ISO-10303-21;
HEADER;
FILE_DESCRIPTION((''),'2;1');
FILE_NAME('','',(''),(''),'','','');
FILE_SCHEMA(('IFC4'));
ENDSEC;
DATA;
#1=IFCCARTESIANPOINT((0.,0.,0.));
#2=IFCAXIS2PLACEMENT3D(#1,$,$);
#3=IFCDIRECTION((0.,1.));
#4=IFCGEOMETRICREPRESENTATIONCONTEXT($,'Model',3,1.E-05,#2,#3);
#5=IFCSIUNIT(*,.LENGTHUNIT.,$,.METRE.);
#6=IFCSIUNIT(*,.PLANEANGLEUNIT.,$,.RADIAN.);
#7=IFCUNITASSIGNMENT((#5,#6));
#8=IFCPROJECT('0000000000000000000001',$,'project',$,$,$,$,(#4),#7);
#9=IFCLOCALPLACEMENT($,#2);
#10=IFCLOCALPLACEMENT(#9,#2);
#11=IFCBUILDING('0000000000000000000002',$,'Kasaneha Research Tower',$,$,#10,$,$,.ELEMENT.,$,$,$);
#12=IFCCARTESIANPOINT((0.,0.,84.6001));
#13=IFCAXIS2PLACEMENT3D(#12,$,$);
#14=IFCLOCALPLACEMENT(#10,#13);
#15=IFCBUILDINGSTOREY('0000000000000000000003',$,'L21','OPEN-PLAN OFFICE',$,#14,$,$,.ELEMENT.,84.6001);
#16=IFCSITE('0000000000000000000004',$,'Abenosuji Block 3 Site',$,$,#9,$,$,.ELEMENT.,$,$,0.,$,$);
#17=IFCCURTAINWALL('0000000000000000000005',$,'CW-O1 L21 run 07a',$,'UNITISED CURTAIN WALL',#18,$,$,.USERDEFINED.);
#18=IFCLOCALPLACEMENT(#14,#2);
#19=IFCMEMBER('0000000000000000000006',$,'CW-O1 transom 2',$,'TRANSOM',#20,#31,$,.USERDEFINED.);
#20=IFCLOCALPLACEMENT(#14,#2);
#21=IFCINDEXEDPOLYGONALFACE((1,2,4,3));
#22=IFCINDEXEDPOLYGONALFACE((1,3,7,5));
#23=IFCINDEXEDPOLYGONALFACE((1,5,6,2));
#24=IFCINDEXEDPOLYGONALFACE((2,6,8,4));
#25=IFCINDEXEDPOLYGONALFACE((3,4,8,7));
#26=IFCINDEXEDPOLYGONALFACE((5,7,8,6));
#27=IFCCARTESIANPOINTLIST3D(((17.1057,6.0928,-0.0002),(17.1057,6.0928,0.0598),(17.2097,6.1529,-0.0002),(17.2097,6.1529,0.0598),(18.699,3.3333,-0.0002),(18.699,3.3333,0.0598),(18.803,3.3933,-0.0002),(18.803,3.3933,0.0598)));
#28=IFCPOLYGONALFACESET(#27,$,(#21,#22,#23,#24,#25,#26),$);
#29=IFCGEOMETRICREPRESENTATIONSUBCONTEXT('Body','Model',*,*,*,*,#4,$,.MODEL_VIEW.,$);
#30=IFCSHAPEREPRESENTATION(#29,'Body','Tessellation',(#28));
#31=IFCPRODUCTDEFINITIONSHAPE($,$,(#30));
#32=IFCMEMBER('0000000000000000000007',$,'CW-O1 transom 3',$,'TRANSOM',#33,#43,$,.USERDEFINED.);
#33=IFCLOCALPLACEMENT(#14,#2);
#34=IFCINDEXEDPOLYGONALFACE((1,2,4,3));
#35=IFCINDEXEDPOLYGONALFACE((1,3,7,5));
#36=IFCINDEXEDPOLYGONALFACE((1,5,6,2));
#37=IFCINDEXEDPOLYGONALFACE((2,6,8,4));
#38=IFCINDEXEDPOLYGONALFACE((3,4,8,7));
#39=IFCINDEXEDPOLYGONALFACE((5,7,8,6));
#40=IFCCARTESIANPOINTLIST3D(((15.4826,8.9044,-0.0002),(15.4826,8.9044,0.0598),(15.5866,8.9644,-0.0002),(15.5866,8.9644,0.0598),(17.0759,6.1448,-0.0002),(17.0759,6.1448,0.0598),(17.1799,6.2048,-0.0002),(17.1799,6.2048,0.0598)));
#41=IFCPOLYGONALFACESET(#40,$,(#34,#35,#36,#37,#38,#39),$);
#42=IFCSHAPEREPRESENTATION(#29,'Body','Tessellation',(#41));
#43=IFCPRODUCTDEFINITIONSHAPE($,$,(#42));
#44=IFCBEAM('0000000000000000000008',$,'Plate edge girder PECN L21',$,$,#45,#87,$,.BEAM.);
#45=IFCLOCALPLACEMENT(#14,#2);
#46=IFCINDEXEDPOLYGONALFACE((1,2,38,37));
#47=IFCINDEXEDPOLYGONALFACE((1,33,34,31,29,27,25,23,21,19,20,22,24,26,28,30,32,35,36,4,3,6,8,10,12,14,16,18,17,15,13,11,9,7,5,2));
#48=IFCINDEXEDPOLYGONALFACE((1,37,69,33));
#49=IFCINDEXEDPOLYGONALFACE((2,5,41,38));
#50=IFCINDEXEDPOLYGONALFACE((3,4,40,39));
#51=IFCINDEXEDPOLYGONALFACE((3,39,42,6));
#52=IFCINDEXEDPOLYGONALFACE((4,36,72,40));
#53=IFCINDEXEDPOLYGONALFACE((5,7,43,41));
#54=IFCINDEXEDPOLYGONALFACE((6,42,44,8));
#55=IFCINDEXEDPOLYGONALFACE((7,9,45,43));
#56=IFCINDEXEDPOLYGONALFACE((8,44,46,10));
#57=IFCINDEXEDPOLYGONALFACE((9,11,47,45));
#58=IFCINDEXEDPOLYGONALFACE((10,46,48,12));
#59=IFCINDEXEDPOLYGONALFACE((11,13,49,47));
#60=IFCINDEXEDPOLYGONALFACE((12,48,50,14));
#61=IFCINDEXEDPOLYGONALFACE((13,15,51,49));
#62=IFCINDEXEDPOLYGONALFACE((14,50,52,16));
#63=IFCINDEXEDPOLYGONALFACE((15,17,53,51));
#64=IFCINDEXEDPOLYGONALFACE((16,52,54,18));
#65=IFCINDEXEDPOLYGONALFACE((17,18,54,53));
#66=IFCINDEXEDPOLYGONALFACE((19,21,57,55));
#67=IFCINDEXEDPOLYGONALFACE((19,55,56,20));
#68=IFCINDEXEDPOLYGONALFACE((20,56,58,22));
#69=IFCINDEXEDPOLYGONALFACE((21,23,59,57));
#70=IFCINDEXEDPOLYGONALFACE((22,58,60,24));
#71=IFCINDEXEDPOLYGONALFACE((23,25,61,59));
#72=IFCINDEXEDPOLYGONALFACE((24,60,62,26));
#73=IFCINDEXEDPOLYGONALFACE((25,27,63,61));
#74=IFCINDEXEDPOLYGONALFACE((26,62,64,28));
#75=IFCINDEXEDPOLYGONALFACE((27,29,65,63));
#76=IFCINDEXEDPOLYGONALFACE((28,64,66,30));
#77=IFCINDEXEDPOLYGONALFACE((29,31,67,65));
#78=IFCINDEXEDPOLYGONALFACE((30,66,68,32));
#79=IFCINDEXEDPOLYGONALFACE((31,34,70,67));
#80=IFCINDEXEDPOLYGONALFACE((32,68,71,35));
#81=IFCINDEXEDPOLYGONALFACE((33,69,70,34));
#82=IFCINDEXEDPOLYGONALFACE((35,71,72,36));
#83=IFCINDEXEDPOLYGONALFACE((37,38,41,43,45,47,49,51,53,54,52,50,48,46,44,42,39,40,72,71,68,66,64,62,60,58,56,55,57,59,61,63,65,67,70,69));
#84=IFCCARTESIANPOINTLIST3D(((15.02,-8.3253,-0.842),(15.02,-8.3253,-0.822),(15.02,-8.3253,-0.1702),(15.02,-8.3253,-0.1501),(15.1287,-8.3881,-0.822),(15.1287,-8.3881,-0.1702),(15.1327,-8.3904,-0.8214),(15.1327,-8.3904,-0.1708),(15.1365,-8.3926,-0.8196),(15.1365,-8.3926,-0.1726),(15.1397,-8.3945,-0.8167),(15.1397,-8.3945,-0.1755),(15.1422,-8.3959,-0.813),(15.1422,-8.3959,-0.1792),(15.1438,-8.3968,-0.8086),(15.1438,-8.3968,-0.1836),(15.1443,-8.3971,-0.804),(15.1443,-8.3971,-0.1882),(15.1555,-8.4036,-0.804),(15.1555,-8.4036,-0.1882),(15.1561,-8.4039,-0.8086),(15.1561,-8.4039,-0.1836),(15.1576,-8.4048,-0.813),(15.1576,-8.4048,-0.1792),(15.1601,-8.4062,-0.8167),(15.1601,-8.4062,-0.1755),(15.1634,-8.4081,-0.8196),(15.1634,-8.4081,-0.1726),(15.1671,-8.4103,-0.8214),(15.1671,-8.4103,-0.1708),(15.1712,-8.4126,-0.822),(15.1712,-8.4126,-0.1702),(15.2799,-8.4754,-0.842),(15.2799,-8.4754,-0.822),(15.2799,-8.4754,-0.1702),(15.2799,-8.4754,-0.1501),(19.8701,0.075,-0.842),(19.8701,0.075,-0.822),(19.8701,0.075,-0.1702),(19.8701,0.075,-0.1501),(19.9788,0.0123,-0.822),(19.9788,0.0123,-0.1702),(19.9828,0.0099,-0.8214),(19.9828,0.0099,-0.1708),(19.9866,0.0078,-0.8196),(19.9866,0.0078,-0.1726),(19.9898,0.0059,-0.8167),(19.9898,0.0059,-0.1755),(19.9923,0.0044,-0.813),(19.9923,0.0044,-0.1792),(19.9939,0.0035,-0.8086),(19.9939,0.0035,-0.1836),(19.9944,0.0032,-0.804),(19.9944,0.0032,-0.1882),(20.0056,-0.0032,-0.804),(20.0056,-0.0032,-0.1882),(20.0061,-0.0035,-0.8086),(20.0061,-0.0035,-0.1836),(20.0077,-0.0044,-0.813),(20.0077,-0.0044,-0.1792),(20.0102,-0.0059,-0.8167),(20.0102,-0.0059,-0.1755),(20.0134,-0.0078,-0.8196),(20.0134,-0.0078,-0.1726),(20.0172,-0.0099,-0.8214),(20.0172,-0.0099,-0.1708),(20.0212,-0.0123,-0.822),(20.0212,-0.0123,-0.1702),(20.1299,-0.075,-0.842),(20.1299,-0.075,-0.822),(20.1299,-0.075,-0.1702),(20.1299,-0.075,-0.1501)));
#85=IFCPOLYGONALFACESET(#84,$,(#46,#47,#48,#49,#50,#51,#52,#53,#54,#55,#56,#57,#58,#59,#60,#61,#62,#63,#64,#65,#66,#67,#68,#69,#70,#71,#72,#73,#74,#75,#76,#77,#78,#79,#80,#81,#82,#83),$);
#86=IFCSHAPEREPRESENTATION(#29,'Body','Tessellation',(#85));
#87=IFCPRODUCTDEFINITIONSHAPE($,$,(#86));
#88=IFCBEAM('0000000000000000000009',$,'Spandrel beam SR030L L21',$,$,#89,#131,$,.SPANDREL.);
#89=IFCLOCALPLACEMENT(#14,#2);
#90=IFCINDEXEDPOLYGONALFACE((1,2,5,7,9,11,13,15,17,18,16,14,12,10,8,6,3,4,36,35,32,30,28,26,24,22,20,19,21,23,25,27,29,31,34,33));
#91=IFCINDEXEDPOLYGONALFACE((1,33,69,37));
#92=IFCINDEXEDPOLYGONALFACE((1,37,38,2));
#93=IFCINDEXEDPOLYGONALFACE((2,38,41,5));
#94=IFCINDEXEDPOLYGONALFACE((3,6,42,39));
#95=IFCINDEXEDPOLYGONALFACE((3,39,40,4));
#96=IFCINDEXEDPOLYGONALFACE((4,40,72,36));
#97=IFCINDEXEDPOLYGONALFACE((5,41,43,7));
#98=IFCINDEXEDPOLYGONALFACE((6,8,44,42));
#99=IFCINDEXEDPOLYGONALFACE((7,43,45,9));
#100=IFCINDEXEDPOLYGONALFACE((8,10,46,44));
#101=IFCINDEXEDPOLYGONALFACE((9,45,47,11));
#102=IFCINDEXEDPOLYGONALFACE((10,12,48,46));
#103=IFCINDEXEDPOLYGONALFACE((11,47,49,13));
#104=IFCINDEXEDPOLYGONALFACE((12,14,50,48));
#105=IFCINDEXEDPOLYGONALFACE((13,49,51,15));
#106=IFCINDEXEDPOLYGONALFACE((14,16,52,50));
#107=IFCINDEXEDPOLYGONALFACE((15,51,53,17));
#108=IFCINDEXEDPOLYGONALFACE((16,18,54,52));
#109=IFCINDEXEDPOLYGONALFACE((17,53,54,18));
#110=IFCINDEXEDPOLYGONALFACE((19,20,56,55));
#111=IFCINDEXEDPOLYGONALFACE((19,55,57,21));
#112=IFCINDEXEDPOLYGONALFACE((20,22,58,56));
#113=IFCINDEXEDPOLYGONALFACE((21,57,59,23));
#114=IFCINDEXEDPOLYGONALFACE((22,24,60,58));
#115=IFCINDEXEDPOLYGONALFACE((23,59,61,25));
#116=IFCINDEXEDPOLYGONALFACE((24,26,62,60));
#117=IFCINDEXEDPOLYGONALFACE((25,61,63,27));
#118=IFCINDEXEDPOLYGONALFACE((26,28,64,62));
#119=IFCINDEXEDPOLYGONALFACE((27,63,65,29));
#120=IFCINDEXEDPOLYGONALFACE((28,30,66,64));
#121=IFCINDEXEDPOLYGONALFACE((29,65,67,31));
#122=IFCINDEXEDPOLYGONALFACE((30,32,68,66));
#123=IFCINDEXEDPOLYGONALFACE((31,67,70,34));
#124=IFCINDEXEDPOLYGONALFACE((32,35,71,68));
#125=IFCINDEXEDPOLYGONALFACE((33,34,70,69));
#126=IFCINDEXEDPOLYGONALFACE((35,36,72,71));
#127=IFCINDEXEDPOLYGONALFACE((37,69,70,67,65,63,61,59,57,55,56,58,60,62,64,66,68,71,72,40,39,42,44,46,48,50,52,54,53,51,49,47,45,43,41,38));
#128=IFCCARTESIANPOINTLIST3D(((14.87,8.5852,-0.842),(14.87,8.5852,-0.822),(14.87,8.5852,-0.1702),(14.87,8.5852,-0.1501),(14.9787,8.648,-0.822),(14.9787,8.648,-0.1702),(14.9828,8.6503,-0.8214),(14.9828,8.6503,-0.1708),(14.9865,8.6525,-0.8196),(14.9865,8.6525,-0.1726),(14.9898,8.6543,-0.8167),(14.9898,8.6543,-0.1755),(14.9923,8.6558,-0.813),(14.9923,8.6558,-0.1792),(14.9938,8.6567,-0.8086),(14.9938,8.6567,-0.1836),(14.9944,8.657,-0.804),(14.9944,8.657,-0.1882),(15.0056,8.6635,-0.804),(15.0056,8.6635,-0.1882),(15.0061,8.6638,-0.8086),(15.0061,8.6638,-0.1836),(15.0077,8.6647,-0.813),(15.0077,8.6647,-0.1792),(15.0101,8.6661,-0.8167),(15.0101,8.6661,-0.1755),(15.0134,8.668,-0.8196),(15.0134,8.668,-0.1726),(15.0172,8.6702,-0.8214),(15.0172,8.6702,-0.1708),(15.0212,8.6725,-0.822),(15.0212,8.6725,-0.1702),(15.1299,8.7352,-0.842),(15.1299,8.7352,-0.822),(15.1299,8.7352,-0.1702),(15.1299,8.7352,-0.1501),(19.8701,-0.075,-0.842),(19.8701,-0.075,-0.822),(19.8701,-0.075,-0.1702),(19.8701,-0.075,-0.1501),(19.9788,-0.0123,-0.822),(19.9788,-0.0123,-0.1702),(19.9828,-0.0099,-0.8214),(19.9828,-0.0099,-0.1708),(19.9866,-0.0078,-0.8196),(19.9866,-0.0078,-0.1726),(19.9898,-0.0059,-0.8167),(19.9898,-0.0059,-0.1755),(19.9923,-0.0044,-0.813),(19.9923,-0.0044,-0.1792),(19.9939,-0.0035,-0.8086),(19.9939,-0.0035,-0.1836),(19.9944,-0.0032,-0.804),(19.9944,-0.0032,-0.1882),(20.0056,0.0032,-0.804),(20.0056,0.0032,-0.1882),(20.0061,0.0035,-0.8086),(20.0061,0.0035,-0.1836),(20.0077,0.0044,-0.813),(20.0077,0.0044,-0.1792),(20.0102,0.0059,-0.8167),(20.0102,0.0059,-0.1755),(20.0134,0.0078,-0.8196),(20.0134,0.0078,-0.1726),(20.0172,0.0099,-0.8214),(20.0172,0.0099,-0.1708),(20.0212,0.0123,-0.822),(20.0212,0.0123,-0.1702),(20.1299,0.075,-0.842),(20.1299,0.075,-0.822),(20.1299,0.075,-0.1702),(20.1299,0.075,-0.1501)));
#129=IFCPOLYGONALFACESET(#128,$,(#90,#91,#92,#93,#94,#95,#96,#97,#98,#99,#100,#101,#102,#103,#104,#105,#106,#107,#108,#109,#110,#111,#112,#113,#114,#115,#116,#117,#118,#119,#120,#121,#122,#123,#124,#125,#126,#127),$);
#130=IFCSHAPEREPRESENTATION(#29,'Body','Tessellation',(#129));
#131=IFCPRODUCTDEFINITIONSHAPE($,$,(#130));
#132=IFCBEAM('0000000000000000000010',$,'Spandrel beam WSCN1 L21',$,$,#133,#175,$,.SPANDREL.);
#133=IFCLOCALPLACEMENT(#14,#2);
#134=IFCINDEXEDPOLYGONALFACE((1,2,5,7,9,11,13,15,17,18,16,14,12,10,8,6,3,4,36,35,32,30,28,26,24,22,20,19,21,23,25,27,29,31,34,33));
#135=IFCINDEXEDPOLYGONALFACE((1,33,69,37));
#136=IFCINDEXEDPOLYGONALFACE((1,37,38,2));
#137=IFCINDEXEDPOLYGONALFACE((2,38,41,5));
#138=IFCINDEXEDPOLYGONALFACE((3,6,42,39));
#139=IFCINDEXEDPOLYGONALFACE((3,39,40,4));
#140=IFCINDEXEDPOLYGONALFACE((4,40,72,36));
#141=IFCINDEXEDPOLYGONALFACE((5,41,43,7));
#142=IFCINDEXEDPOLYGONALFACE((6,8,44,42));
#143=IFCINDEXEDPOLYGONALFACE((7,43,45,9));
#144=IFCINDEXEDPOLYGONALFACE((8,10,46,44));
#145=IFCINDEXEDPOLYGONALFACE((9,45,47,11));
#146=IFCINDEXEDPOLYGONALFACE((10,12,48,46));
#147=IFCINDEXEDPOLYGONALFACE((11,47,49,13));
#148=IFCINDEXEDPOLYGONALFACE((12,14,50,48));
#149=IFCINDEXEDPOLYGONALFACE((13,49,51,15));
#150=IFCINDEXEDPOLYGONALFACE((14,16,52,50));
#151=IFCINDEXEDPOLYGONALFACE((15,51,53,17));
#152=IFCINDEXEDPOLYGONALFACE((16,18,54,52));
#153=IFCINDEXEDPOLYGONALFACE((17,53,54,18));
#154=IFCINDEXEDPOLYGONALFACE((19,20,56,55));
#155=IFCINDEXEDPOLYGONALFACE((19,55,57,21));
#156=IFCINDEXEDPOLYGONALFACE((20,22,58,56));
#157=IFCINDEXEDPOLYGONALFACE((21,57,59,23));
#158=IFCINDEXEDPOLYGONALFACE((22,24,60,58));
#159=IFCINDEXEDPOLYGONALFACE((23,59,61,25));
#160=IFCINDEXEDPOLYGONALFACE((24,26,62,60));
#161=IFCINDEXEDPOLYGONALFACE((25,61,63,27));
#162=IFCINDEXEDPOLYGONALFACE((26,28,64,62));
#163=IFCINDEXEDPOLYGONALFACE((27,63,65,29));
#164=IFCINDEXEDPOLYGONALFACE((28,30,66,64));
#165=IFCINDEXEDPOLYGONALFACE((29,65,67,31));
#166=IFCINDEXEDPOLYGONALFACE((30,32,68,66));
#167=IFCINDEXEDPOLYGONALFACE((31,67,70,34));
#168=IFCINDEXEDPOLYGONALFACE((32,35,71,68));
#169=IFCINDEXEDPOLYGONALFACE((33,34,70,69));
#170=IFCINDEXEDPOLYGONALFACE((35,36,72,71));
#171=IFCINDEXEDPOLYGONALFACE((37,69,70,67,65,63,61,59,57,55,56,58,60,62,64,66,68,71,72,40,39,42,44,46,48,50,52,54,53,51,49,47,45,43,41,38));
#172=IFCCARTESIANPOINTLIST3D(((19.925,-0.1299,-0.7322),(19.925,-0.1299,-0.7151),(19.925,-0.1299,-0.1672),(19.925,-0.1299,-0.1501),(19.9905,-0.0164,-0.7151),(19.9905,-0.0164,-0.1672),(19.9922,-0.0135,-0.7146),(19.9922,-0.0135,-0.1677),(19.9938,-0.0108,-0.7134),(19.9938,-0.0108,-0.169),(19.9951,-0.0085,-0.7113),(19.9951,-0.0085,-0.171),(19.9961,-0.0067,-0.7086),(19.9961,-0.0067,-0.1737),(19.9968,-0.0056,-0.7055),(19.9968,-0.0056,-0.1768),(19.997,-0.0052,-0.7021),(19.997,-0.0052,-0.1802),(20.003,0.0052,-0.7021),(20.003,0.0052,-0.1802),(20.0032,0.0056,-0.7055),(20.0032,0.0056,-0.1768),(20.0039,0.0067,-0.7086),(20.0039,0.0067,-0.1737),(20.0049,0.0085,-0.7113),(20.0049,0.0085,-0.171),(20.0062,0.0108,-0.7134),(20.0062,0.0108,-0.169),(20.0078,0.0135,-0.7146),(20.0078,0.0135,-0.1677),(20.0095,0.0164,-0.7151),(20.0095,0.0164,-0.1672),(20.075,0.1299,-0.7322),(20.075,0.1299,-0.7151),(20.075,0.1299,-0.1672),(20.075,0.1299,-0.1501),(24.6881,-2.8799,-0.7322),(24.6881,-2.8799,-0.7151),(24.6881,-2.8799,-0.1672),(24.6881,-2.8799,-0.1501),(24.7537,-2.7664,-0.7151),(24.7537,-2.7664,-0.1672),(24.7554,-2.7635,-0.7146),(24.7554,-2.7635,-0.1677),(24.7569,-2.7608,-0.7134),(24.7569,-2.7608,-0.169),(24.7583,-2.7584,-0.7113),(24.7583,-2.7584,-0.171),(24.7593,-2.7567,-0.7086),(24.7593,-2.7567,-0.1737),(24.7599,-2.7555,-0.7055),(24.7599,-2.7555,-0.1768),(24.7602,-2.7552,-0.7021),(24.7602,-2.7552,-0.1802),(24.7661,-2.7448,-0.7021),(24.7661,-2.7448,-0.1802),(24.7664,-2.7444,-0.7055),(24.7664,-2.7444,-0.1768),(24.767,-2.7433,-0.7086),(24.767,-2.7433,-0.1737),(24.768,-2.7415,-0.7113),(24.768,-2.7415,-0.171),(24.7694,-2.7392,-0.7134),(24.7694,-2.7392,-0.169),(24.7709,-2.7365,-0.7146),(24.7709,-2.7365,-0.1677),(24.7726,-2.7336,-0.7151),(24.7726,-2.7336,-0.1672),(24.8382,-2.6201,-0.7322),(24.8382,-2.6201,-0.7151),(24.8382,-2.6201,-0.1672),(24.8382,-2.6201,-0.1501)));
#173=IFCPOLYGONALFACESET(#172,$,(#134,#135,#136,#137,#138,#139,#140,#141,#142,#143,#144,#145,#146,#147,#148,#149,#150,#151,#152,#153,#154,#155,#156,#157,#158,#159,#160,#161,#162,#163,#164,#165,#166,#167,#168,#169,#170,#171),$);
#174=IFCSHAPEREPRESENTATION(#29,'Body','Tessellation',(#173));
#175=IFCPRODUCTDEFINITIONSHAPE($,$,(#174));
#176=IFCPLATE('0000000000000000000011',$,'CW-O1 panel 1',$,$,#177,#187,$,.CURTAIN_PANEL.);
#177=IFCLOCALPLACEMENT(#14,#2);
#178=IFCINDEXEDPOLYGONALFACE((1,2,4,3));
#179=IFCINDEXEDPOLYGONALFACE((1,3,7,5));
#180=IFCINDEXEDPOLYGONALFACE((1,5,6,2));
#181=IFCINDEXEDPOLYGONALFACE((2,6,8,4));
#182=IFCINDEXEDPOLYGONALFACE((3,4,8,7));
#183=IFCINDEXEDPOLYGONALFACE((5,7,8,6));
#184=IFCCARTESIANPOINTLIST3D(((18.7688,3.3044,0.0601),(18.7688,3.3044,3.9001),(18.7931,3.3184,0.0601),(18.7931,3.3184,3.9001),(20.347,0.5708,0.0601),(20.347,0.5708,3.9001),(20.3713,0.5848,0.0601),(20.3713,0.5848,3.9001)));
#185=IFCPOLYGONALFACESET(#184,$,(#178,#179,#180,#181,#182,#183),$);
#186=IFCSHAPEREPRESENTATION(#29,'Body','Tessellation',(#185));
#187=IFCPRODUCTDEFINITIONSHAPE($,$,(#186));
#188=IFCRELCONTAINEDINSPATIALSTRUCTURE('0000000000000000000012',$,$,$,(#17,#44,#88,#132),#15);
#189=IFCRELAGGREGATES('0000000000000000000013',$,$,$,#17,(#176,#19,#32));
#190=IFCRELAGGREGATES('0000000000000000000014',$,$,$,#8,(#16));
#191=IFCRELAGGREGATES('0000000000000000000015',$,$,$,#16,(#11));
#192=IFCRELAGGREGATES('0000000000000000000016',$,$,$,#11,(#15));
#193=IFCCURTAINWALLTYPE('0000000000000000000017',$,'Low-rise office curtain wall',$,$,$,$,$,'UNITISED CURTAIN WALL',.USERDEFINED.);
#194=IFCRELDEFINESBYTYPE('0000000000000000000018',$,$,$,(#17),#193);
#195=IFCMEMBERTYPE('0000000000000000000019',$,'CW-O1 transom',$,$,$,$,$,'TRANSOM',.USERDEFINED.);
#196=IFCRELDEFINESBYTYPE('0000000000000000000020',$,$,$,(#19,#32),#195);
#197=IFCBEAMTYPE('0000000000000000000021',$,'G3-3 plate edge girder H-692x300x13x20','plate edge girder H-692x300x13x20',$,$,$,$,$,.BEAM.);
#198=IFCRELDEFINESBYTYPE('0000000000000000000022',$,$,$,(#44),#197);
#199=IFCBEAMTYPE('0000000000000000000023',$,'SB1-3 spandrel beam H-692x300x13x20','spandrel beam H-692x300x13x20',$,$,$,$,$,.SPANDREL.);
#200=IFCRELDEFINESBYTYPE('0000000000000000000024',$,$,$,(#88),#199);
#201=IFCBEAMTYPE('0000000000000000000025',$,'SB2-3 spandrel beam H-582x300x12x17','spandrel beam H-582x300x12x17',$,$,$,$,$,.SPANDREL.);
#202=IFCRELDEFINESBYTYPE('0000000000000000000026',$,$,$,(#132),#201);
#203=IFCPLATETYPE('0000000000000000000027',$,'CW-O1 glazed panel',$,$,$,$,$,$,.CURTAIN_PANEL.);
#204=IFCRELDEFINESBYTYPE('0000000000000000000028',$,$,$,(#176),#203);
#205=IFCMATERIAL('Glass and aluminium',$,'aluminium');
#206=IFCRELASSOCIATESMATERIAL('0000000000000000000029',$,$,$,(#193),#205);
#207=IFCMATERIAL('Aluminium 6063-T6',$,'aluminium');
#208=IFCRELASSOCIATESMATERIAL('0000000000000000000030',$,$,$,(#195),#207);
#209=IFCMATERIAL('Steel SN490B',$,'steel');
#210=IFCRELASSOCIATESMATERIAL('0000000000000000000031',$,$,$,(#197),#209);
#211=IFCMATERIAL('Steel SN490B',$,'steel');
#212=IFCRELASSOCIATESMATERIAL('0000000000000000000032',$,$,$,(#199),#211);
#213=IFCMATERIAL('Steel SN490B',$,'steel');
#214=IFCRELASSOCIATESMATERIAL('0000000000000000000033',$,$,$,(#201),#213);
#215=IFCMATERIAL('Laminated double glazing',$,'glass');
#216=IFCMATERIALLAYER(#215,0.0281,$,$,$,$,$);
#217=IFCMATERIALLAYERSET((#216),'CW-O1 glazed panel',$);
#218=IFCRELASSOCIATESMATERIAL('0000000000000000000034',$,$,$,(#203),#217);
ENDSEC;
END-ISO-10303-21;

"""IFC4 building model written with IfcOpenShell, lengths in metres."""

from ifc_helpers import new_model, si_unit, direction, frame, origin, origin_2d, place, context, subcontext, project, spatial, rectangle, i_section, extrude, material, layer, layer_set, material_profile, profile_set, type_object, element, aggregate, save


model = new_model("IFC4")

# Units and contexts
model_context = context("Model", 3, precision=1e-05, world=origin(), true_north=direction((0.0, 1.0)))
body_context = subcontext(model_context, "Body", "Model", "MODEL_VIEW")
ifc_project = project(units=[si_unit("LENGTHUNIT", "METRE"), si_unit("PLANEANGLEUNIT", "RADIAN")], contexts=[model_context])

# Site, building, storey
site_placement = place(None, origin())
site = spatial("IfcSite", under=ifc_project, at=site_placement, Name="Abenosuji Block 3 Site", CompositionType="ELEMENT", RefElevation=0.0)
building_placement = place(site_placement, origin())
building = spatial("IfcBuilding", under=site, at=building_placement, Name="Kasaneha Research Tower", CompositionType="ELEMENT")
storey_placement = place(building_placement, frame((0.0, 0.0, 84.6001)))
storey = spatial("IfcBuildingStorey", under=building, at=storey_placement, Name="L21", Description="OPEN-PLAN OFFICE", CompositionType="ELEMENT", Elevation=84.6001)

# Shared definitions
ifc_material_1 = material(Name="Glass and aluminium", Category="aluminium")
curtain_wall_type = type_object("IfcCurtainWallType", Name="Low-rise office curtain wall", ElementType="UNITISED CURTAIN WALL", PredefinedType="USERDEFINED", material=ifc_material_1)

# Curtain wall, members
curtain_wall_1_placement = place(storey_placement, origin())
curtain_wall_1 = element("IfcCurtainWall", 1, at=curtain_wall_1_placement, inside=storey, type_object=curtain_wall_type, Name="CW-O1 L21 run 07a", ObjectType="UNITISED CURTAIN WALL", PredefinedType="USERDEFINED")
ifc_material_2 = material(Name="Aluminium 6063-T6", Category="aluminium")
ifc_material_profile_1 = material_profile(ifc_material_2, rectangle(XDim=0.1201, YDim=0.0601, at=origin_2d()), Name="CW-O1 transom 120x60")
ifc_profile_set_1 = profile_set([ifc_material_profile_1], Name="Aluminium 6063-T6")
member_type_1 = type_object("IfcMemberType", Name="CW-O1 transom", ElementType="TRANSOM", PredefinedType="USERDEFINED", material=ifc_profile_set_1)
member_1_placement = place(storey_placement, frame((18.751, 3.3633, 0.0298), z_axis=(-0.500012, 0.866018, 0.0), x_axis=(-0.866018, -0.500012, 0.0)))
member_1 = element("IfcMember", 2, at=member_1_placement, type_object=member_type_1, Name="CW-O1 transom 2", ObjectType="TRANSOM", PredefinedType="USERDEFINED", context=body_context, shape_type="SweptSolid", body=[
    extrude(rectangle(XDim=0.1201, YDim=0.0601, at=origin_2d()), origin(), (0.0, 0.0, 1.0), 3.1865),
])
member_2_placement = place(storey_placement, frame((17.1279, 6.1748, 0.0298), z_axis=(-0.500012, 0.866018, 0.0), x_axis=(-0.866018, -0.500012, 0.0)))
member_2 = element("IfcMember", 3, at=member_2_placement, type_object=member_type_1, Name="CW-O1 transom 3", ObjectType="TRANSOM", PredefinedType="USERDEFINED", context=body_context, shape_type="SweptSolid", body=[
    extrude(rectangle(XDim=0.1201, YDim=0.0601, at=origin_2d()), origin(), (0.0, 0.0, 1.0), 3.1865),
])

# Beams
ifc_material_3 = material(Name="Steel SN490B", Category="steel")
ifc_material_profile_2 = material_profile(ifc_material_3, i_section(OverallWidth=0.3, OverallDepth=0.6919, WebThickness=0.0129, FlangeThickness=0.02, FilletRadius=0.0181, at=origin_2d()), Name="H-692x300x13x20")
ifc_profile_set_2 = profile_set([ifc_material_profile_2], Name="Steel SN490B")
beam_type_1 = type_object("IfcBeamType", Name="G3-3 plate edge girder H-692x300x13x20", Description="plate edge girder H-692x300x13x20", PredefinedType="BEAM", material=ifc_profile_set_2)
beam_1_placement = place(storey_placement, frame((20.0, 0.0, -0.4961), z_axis=(-0.50001, -0.86602, 0.0), x_axis=(0.86602, -0.50001, 0.0)))
element("IfcBeam", 4, at=beam_1_placement, inside=storey, type_object=beam_type_1, Name="Plate edge girder PECN L21", PredefinedType="BEAM", context=body_context, shape_type="SweptSolid", body=[
    extrude(i_section(OverallWidth=0.3, OverallDepth=0.6919, WebThickness=0.0129, FlangeThickness=0.02, FilletRadius=0.0181, at=origin_2d()), origin(), (0.0, 0.0, 1.0), 9.7),
])
ifc_material_4 = material(Name="Steel SN490B", Category="steel")
ifc_material_profile_3 = material_profile(ifc_material_4, i_section(OverallWidth=0.3, OverallDepth=0.6919, WebThickness=0.0129, FlangeThickness=0.02, FilletRadius=0.0181, at=origin_2d()), Name="H-692x300x13x20")
ifc_profile_set_3 = profile_set([ifc_material_profile_3], Name="Steel SN490B")
beam_type_2 = type_object("IfcBeamType", Name="SB1-3 spandrel beam H-692x300x13x20", Description="spandrel beam H-692x300x13x20", PredefinedType="SPANDREL", material=ifc_profile_set_3)
beam_2_placement = place(storey_placement, frame((20.0, 0.0, -0.4961), z_axis=(-0.500004, 0.866023, 0.0), x_axis=(-0.866023, -0.500004, 0.0)))
element("IfcBeam", 5, at=beam_2_placement, inside=storey, type_object=beam_type_2, Name="Spandrel beam SR030L L21", PredefinedType="SPANDREL", context=body_context, shape_type="SweptSolid", body=[
    extrude(i_section(OverallWidth=0.3, OverallDepth=0.6919, WebThickness=0.0129, FlangeThickness=0.02, FilletRadius=0.0181, at=origin_2d()), origin(), (0.0, 0.0, 1.0), 10.0),
])
ifc_material_5 = material(Name="Steel SN490B", Category="steel")
ifc_material_profile_4 = material_profile(ifc_material_5, i_section(OverallWidth=0.3, OverallDepth=0.582, WebThickness=0.012, FlangeThickness=0.0171, FilletRadius=0.0129, at=origin_2d()), Name="H-582x300x12x17")
ifc_profile_set_4 = profile_set([ifc_material_profile_4], Name="Steel SN490B")
beam_type_3 = type_object("IfcBeamType", Name="SB2-3 spandrel beam H-582x300x12x17", Description="spandrel beam H-582x300x12x17", PredefinedType="SPANDREL", material=ifc_profile_set_4)
beam_3_placement = place(storey_placement, frame((20.0, 0.0, -0.4412), z_axis=(0.866027, -0.499997, 0.0), x_axis=(0.499997, 0.866027, 0.0)))
element("IfcBeam", 6, at=beam_3_placement, inside=storey, type_object=beam_type_3, Name="Spandrel beam WSCN1 L21", PredefinedType="SPANDREL", context=body_context, shape_type="SweptSolid", body=[
    extrude(i_section(OverallWidth=0.3, OverallDepth=0.582, WebThickness=0.012, FlangeThickness=0.0171, FilletRadius=0.0129, at=origin_2d()), origin(), (0.0, 0.0, 1.0), 5.5),
])

# Plate
ifc_material_6 = material(Name="Laminated double glazing", Category="glass")
ifc_layer = layer(ifc_material_6, 0.0281)
ifc_layer_set = layer_set([ifc_layer], Name="CW-O1 glazed panel")
plate_type = type_object("IfcPlateType", Name="CW-O1 glazed panel", PredefinedType="CURTAIN_PANEL", material=ifc_layer_set)
plate_1_placement = place(storey_placement, frame((19.5701, 1.9446, 0.0601), z_axis=(0.0, 0.0, 1.0), x_axis=(-0.5, 0.866025, 0.0)))
plate_1 = element("IfcPlate", 7, at=plate_1_placement, type_object=plate_type, Name="CW-O1 panel 1", PredefinedType="CURTAIN_PANEL", context=body_context, shape_type="SweptSolid", body=[
    extrude(rectangle(XDim=3.1565, YDim=0.0281, at=origin_2d()), origin(), (0.0, 0.0, 1.0), 3.8401),
])
aggregate(curtain_wall_1, [plate_1, member_1, member_2])

save(model, "model.ifc")
